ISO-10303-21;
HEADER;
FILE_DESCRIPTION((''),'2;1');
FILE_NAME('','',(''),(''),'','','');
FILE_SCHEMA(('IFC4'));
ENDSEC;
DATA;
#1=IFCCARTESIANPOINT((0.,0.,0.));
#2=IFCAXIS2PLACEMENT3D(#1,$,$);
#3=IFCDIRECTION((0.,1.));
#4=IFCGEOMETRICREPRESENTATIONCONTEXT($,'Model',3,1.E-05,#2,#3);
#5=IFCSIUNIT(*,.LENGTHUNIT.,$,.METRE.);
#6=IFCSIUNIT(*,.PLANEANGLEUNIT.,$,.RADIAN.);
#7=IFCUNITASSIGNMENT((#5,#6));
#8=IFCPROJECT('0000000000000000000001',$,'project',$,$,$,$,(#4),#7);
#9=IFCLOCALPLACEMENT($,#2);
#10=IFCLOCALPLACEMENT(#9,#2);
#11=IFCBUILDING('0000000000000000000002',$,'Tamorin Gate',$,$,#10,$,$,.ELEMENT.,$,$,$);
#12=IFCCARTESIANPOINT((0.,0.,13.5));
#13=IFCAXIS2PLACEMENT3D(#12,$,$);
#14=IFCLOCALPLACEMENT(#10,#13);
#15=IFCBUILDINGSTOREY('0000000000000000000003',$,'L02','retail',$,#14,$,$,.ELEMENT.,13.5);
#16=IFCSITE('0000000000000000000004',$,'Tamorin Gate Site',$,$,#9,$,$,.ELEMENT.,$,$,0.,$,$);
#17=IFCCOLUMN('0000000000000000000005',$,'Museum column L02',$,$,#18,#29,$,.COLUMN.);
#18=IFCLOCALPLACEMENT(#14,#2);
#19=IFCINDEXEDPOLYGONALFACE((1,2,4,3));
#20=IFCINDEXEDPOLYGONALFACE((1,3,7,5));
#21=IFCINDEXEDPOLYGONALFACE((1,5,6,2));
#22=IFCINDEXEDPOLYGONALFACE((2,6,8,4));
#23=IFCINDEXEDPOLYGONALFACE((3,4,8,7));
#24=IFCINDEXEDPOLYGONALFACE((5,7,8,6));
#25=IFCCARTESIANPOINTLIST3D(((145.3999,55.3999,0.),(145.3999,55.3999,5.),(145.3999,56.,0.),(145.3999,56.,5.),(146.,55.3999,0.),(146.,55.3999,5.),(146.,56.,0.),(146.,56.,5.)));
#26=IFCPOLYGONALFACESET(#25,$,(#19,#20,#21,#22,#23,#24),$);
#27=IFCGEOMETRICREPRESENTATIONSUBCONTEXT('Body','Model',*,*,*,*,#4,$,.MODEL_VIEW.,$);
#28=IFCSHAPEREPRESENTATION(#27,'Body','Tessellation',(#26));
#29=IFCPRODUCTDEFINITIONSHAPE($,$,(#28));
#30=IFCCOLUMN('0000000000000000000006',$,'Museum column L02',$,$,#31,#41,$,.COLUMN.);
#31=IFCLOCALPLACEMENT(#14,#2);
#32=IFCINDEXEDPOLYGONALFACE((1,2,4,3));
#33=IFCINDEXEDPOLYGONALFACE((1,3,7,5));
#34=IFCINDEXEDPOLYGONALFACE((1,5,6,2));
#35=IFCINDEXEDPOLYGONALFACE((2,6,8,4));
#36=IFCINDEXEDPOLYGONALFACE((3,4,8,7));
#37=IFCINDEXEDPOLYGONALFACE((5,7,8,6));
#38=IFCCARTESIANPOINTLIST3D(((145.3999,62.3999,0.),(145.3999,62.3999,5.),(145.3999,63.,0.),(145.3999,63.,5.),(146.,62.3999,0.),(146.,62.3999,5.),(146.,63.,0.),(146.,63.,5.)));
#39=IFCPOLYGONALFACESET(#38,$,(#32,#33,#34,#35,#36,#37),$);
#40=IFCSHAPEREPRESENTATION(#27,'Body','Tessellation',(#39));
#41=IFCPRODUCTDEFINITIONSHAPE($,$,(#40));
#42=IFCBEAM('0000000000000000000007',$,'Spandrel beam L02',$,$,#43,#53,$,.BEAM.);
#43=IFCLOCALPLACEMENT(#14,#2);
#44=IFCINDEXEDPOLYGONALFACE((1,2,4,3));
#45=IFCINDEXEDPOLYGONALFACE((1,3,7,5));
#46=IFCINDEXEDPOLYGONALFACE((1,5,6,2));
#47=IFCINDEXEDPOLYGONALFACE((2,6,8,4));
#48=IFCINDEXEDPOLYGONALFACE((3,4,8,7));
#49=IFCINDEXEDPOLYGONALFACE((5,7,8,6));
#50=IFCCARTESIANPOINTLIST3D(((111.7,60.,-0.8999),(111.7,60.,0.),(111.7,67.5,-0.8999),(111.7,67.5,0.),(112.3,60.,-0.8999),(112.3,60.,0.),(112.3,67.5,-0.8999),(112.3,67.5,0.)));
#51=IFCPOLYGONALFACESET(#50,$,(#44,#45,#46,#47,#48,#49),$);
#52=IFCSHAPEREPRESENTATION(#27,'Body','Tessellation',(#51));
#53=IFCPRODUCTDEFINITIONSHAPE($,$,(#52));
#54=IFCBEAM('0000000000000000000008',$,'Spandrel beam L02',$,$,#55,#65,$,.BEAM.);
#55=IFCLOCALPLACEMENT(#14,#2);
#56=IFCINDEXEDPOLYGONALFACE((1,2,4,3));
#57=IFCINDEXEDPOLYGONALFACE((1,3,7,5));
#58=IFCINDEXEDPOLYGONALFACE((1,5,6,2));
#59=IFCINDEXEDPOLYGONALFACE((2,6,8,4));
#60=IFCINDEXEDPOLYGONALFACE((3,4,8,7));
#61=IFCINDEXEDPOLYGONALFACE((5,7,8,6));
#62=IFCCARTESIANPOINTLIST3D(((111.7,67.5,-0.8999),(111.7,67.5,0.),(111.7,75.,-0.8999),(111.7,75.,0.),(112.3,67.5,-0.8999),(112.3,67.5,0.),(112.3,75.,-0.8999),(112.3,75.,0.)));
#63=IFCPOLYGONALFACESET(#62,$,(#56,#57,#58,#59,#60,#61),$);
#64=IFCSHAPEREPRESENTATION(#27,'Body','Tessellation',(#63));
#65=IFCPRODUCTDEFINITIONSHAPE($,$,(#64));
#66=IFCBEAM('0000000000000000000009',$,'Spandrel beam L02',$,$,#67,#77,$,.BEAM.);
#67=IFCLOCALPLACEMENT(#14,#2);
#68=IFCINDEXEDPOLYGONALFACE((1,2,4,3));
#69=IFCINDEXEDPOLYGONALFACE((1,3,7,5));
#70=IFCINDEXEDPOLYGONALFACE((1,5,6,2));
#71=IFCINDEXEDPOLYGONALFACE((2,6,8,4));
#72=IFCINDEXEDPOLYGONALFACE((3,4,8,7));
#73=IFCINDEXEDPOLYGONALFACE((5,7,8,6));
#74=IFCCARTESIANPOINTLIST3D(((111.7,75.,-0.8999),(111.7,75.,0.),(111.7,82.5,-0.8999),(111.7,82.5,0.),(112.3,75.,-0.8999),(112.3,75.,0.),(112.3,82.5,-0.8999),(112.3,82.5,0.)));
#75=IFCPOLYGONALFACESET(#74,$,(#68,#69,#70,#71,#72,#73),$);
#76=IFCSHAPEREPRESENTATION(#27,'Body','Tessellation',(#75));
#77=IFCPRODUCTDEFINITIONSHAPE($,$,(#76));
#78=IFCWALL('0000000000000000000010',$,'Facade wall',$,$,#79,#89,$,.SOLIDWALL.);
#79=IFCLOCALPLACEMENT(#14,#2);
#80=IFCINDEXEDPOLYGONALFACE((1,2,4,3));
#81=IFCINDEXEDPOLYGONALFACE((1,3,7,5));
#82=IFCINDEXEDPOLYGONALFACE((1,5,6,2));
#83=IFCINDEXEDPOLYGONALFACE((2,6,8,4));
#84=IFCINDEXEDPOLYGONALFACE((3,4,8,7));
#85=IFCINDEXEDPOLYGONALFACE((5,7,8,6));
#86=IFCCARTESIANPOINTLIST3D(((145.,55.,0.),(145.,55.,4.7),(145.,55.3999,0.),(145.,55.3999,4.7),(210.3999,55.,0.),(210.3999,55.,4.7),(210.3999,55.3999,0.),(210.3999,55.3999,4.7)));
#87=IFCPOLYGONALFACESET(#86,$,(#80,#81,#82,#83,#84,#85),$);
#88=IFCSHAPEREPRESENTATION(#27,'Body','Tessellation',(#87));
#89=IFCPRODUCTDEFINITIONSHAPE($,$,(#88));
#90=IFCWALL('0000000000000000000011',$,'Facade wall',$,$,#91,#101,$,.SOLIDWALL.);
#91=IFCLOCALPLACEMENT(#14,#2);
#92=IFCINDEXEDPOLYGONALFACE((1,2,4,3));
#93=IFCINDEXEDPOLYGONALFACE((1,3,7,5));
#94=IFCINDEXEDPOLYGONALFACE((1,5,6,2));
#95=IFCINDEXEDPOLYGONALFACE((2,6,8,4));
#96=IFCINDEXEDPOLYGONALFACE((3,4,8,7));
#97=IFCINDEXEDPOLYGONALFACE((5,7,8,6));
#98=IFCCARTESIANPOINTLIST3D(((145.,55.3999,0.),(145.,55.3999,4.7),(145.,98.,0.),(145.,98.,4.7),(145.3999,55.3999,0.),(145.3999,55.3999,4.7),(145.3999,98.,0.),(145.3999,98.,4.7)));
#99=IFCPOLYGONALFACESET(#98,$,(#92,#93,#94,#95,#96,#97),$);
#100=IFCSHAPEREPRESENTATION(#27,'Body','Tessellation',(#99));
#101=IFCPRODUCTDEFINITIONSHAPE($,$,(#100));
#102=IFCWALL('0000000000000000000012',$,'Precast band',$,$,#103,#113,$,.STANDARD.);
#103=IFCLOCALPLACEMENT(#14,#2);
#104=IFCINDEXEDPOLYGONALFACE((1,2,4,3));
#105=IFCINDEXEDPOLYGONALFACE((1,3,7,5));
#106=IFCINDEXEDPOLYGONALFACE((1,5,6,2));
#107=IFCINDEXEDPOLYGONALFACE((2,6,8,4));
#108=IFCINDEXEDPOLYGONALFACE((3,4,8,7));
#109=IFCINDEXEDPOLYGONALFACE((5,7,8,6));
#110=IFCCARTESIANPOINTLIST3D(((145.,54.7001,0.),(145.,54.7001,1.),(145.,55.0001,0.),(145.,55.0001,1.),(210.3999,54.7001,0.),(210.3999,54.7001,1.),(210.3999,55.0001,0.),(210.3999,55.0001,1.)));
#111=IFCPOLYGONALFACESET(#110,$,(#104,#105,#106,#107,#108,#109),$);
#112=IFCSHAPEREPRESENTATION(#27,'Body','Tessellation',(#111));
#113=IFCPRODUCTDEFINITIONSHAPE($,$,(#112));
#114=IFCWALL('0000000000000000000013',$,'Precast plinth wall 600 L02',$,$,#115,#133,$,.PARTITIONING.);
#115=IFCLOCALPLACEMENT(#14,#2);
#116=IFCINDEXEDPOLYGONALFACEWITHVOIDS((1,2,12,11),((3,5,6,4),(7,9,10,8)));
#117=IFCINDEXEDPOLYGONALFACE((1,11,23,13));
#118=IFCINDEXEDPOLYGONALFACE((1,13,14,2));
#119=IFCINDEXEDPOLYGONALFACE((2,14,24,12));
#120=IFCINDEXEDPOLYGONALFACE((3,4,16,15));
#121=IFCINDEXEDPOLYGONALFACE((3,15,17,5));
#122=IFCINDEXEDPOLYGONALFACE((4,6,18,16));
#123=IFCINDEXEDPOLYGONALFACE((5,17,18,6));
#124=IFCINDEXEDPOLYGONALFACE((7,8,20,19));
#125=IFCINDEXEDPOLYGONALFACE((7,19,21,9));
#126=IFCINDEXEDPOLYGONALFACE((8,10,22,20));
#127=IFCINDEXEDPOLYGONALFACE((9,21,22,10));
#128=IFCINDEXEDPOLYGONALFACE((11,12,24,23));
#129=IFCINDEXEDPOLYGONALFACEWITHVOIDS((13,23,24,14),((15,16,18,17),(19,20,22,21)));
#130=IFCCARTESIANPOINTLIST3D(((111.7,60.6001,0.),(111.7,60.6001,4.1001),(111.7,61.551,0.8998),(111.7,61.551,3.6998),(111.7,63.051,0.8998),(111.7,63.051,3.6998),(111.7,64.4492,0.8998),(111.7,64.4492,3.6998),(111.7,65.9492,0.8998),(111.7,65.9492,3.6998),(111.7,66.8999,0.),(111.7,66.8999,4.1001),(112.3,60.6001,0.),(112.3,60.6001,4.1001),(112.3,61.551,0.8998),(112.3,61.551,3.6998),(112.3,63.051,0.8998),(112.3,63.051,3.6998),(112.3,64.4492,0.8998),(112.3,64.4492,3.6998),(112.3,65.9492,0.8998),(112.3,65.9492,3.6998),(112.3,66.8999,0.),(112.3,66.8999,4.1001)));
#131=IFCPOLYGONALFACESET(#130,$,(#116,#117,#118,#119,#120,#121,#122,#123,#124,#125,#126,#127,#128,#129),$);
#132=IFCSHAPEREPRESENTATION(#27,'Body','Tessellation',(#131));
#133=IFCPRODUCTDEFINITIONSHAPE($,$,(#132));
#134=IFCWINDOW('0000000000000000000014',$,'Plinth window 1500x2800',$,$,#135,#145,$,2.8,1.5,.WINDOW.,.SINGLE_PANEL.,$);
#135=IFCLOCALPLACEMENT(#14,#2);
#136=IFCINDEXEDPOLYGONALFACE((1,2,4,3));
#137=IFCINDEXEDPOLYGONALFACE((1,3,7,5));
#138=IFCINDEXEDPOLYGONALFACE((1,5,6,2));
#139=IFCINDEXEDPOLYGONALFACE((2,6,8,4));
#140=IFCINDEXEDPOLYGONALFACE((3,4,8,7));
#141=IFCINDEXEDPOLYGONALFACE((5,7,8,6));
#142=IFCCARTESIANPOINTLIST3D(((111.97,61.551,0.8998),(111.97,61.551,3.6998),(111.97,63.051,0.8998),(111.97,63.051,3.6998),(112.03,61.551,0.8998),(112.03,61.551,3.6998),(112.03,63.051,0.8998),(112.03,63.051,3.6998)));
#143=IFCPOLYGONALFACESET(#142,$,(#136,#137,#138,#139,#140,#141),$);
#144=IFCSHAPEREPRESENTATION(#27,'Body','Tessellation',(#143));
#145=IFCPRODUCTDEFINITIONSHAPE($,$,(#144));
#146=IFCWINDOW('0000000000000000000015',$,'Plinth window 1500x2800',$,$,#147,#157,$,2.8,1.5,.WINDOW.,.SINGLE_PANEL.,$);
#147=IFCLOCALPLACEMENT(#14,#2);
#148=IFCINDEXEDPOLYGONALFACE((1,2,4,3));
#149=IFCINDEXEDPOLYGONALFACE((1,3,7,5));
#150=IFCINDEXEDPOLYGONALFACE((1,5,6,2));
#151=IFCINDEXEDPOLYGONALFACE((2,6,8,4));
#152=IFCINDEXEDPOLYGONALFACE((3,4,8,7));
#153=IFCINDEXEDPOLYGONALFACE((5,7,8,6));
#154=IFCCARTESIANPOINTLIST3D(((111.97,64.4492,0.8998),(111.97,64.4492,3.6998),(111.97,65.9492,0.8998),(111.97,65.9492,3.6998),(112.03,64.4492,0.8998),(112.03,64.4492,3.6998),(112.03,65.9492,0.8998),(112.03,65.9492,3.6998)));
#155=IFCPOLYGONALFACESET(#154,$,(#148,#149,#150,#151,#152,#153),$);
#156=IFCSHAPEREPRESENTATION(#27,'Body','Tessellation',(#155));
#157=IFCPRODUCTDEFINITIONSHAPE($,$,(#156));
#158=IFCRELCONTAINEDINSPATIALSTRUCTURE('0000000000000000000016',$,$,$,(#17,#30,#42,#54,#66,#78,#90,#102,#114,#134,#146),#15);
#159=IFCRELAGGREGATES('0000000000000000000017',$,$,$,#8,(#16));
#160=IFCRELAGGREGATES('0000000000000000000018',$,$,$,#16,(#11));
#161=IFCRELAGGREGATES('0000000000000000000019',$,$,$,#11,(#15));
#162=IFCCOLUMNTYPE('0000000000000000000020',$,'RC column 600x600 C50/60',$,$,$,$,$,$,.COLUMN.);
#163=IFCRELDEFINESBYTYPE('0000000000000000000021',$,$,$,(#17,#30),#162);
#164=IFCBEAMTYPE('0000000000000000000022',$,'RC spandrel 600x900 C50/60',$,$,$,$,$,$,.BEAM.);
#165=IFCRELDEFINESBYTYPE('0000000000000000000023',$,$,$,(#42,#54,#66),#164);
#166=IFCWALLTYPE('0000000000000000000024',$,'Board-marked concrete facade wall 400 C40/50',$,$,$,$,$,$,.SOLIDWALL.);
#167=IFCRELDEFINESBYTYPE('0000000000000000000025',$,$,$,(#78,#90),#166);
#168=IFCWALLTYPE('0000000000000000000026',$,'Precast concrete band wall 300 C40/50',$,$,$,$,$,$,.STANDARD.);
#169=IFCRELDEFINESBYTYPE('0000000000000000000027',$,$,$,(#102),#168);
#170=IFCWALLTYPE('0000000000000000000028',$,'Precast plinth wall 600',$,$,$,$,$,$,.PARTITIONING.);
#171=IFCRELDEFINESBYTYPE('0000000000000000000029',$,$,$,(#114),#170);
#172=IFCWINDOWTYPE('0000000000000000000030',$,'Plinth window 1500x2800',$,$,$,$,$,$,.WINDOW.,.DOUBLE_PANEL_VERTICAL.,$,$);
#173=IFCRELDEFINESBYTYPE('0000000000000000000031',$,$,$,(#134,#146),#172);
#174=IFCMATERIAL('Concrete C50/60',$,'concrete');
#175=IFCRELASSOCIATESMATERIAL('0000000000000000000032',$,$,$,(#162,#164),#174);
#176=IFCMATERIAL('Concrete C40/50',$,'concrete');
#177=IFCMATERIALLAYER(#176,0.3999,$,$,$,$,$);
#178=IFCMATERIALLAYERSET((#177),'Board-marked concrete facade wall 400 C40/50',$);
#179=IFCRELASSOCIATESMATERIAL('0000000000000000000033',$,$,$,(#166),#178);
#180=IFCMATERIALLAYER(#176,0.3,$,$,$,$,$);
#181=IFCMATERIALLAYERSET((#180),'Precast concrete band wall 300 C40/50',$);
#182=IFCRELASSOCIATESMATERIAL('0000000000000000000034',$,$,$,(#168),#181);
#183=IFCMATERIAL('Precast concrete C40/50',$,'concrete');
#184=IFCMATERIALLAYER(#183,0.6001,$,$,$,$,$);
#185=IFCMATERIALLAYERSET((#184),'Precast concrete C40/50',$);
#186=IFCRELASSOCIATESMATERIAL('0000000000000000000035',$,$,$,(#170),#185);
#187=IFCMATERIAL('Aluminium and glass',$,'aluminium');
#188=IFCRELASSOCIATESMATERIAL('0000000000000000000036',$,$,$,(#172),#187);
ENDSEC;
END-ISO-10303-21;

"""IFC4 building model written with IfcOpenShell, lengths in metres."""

from ifc_helpers import new_model, si_unit, direction, frame, frame_2d, origin, origin_2d, place, context, subcontext, project, spatial, rectangle, extrude, material, layer, layer_set, material_profile, profile_set, type_object, element, fill, save


model = new_model("IFC4")

# Units and contexts
model_context = context("Model", 3, precision=1e-05, world=origin(), true_north=direction((0.0, 1.0)))
body_context = subcontext(model_context, "Body", "Model", "MODEL_VIEW")
ifc_project = project(units=[si_unit("LENGTHUNIT", "METRE"), si_unit("PLANEANGLEUNIT", "RADIAN")], contexts=[model_context])

# Site, building, storey
site_placement = place(None, origin())
site = spatial("IfcSite", under=ifc_project, at=site_placement, Name="Tamorin Gate Site", CompositionType="ELEMENT", RefElevation=0.0)
building_placement = place(site_placement, origin())
building = spatial("IfcBuilding", under=site, at=building_placement, Name="Tamorin Gate", CompositionType="ELEMENT")
storey_placement = place(building_placement, frame((0.0, 0.0, 13.5)))
storey = spatial("IfcBuildingStorey", under=building, at=storey_placement, Name="L02", Description="retail", CompositionType="ELEMENT", Elevation=13.5)

# Columns
ifc_material_1 = material(Name="Concrete C50/60", Category="concrete")
ifc_material_profile_1 = material_profile(ifc_material_1, rectangle(XDim=0.6001, YDim=0.6001, at=origin_2d()))
ifc_profile_set_1 = profile_set([ifc_material_profile_1], Name="Concrete C50/60")
column_type = type_object("IfcColumnType", Name="RC column 600x600 C50/60", PredefinedType="COLUMN", material=ifc_profile_set_1)
for number, where, z_axis, x_axis, name in (
    (1, (145.7, 55.7, 0.0), (0.0, 0.0, 1.0), (1.0, 0.0, 0.0), "Museum column L02"),
    (2, (145.7, 62.7, 0.0), (0.0, 0.0, 1.0), (1.0, 0.0, 0.0), "Museum column L02"),
):
    element("IfcColumn", number, at=place(storey_placement, frame(where, z_axis=z_axis, x_axis=x_axis)), inside=storey, type_object=column_type, Name=name, PredefinedType="COLUMN", context=body_context, shape_type="SweptSolid", body=[
        extrude(rectangle(XDim=0.6001, YDim=0.6001, at=origin_2d()), origin(), (0.0, 0.0, 1.0), 5.0),
    ])

# Beams
ifc_material_profile_2 = material_profile(ifc_material_1, rectangle(XDim=0.6001, YDim=0.8999, at=origin_2d()), Name="RC 600x900")
ifc_profile_set_2 = profile_set([ifc_material_profile_2], Name="Concrete C50/60")
beam_type = type_object("IfcBeamType", Name="RC spandrel 600x900 C50/60", PredefinedType="BEAM", material=ifc_profile_set_2)
for number, where, z_axis, x_axis, name in (
    (3, (112.0, 60.0, -0.45), (0.0, 1.0, 0.0), (-1.0, 0.0, 0.0), "Spandrel beam L02"),
    (4, (112.0, 67.5, -0.45), (0.0, 1.0, 0.0), (-1.0, 0.0, 0.0), "Spandrel beam L02"),
    (5, (112.0, 75.0, -0.45), (0.0, 1.0, 0.0), (-1.0, 0.0, 0.0), "Spandrel beam L02"),
):
    element("IfcBeam", number, at=place(storey_placement, frame(where, z_axis=z_axis, x_axis=x_axis)), inside=storey, type_object=beam_type, Name=name, PredefinedType="BEAM", context=body_context, shape_type="SweptSolid", body=[
        extrude(rectangle(XDim=0.6001, YDim=0.8999, at=origin_2d()), origin(), (0.0, 0.0, 1.0), 7.5),
    ])

# Walls
ifc_material_2 = material(Name="Concrete C40/50", Category="concrete")
ifc_layer_1 = layer(ifc_material_2, 0.3999)
ifc_layer_set_1 = layer_set([ifc_layer_1], Name="Board-marked concrete facade wall 400 C40/50")
wall_type_1 = type_object("IfcWallType", Name="Board-marked concrete facade wall 400 C40/50", PredefinedType="SOLIDWALL", material=ifc_layer_set_1)
wall_1_placement = place(storey_placement, frame((145.0, 55.2, 0.0), z_axis=(0.0, 0.0, 1.0), x_axis=(1.0, 0.0, 0.0)))
element("IfcWall", 6, at=wall_1_placement, inside=storey, type_object=wall_type_1, Name="Facade wall", PredefinedType="SOLIDWALL", context=body_context, shape_type="SweptSolid", body=[
    extrude(rectangle(XDim=65.3999, YDim=0.3999, at=frame_2d((32.7, 0.0))), origin(), (0.0, 0.0, 1.0), 4.7),
])
wall_2_placement = place(storey_placement, frame((145.2, 55.3999, 0.0), z_axis=(0.0, 0.0, 1.0), x_axis=(0.0, 1.0, 0.0)))
element("IfcWall", 7, at=wall_2_placement, inside=storey, type_object=wall_type_1, Name="Facade wall", PredefinedType="SOLIDWALL", context=body_context, shape_type="SweptSolid", body=[
    extrude(rectangle(XDim=42.6001, YDim=0.3999, at=frame_2d((21.3, 0.0))), origin(), (0.0, 0.0, 1.0), 4.7),
])
ifc_layer_2 = layer(ifc_material_2, 0.3)
ifc_layer_set_2 = layer_set([ifc_layer_2], Name="Precast concrete band wall 300 C40/50")
wall_type_2 = type_object("IfcWallType", Name="Precast concrete band wall 300 C40/50", PredefinedType="STANDARD", material=ifc_layer_set_2)
wall_3_placement = place(storey_placement, frame((145.0, 54.8501, 0.0), z_axis=(0.0, 0.0, 1.0), x_axis=(1.0, 0.0, 0.0)))
element("IfcWall", 8, at=wall_3_placement, inside=storey, type_object=wall_type_2, Name="Precast band", PredefinedType="STANDARD", context=body_context, shape_type="SweptSolid", body=[
    extrude(rectangle(XDim=65.3999, YDim=0.3, at=frame_2d((32.7, 0.0))), origin(), (0.0, 0.0, 1.0), 1.0),
])

# Wall, openings, windows
ifc_material_3 = material(Name="Precast concrete C40/50", Category="concrete")
ifc_layer_3 = layer(ifc_material_3, 0.6001)
ifc_layer_set_3 = layer_set([ifc_layer_3], Name="Precast concrete C40/50")
wall_type_3 = type_object("IfcWallType", Name="Precast plinth wall 600", PredefinedType="PARTITIONING", material=ifc_layer_set_3)
wall_4_placement = place(storey_placement, frame((112.0, 60.6001, 0.0), z_axis=(0.0, 0.0, 1.0), x_axis=(0.0, 1.0, 0.0)))
wall_4 = element("IfcWall", 9, at=wall_4_placement, inside=storey, type_object=wall_type_3, Name="Precast plinth wall 600 L02", PredefinedType="PARTITIONING", context=body_context, shape_type="SweptSolid", body=[
    extrude(rectangle(XDim=6.2998, YDim=0.6001, at=frame_2d((3.1499, 0.0))), origin(), (0.0, 0.0, 1.0), 4.1001),
])
opening_1_placement = place(wall_4_placement, frame((0.9509, 0.0, 0.8999)))
opening_1 = element("IfcOpeningElement", 10, at=opening_1_placement, cuts=wall_4, PredefinedType="OPENING", context=body_context, shape_type="SweptSolid", body=[
    extrude(rectangle(XDim=1.5, YDim=2.8, at=frame_2d((0.75, 1.3999))), frame((0.0, 0.3101, 0.0), z_axis=(0.0, -1.0, 0.0), x_axis=(1.0, 0.0, 0.0)), (0.0, 0.0, 1.0), 0.6201),
])
opening_2_placement = place(wall_4_placement, frame((3.8491, 0.0, 0.8999)))
opening_2 = element("IfcOpeningElement", 11, at=opening_2_placement, cuts=wall_4, PredefinedType="OPENING", context=body_context, shape_type="SweptSolid", body=[
    extrude(rectangle(XDim=1.5, YDim=2.8, at=frame_2d((0.75, 1.3999))), frame((0.0, 0.3101, 0.0), z_axis=(0.0, -1.0, 0.0), x_axis=(1.0, 0.0, 0.0)), (0.0, 0.0, 1.0), 0.6201),
])
ifc_material_4 = material(Name="Aluminium and glass", Category="aluminium")
window_type = type_object("IfcWindowType", Name="Plinth window 1500x2800", PartitioningType="DOUBLE_PANEL_VERTICAL", PredefinedType="WINDOW", material=ifc_material_4)
window_1_placement = place(opening_1_placement, origin())
window_1 = element("IfcWindow", 12, at=window_1_placement, inside=storey, type_object=window_type, Name="Plinth window 1500x2800", OverallHeight=2.8, OverallWidth=1.5, PartitioningType="SINGLE_PANEL", PredefinedType="WINDOW", context=body_context, shape_type="SweptSolid", body=[
    extrude(rectangle(XDim=1.5, YDim=2.8, at=frame_2d((0.75, 1.3999))), frame((0.0, 0.03, 0.0), z_axis=(0.0, -1.0, 0.0), x_axis=(1.0, 0.0, 0.0)), (0.0, 0.0, 1.0), 0.0601),
])
fill(opening_1, window_1)
window_2_placement = place(opening_2_placement, origin())
window_2 = element("IfcWindow", 13, at=window_2_placement, inside=storey, type_object=window_type, Name="Plinth window 1500x2800", OverallHeight=2.8, OverallWidth=1.5, PartitioningType="SINGLE_PANEL", PredefinedType="WINDOW", context=body_context, shape_type="SweptSolid", body=[
    extrude(rectangle(XDim=1.5, YDim=2.8, at=frame_2d((0.75, 1.3999))), frame((0.0, 0.03, 0.0), z_axis=(0.0, -1.0, 0.0), x_axis=(1.0, 0.0, 0.0)), (0.0, 0.0, 1.0), 0.0601),
])
fill(opening_2, window_2)

save(model, "model.ifc")
